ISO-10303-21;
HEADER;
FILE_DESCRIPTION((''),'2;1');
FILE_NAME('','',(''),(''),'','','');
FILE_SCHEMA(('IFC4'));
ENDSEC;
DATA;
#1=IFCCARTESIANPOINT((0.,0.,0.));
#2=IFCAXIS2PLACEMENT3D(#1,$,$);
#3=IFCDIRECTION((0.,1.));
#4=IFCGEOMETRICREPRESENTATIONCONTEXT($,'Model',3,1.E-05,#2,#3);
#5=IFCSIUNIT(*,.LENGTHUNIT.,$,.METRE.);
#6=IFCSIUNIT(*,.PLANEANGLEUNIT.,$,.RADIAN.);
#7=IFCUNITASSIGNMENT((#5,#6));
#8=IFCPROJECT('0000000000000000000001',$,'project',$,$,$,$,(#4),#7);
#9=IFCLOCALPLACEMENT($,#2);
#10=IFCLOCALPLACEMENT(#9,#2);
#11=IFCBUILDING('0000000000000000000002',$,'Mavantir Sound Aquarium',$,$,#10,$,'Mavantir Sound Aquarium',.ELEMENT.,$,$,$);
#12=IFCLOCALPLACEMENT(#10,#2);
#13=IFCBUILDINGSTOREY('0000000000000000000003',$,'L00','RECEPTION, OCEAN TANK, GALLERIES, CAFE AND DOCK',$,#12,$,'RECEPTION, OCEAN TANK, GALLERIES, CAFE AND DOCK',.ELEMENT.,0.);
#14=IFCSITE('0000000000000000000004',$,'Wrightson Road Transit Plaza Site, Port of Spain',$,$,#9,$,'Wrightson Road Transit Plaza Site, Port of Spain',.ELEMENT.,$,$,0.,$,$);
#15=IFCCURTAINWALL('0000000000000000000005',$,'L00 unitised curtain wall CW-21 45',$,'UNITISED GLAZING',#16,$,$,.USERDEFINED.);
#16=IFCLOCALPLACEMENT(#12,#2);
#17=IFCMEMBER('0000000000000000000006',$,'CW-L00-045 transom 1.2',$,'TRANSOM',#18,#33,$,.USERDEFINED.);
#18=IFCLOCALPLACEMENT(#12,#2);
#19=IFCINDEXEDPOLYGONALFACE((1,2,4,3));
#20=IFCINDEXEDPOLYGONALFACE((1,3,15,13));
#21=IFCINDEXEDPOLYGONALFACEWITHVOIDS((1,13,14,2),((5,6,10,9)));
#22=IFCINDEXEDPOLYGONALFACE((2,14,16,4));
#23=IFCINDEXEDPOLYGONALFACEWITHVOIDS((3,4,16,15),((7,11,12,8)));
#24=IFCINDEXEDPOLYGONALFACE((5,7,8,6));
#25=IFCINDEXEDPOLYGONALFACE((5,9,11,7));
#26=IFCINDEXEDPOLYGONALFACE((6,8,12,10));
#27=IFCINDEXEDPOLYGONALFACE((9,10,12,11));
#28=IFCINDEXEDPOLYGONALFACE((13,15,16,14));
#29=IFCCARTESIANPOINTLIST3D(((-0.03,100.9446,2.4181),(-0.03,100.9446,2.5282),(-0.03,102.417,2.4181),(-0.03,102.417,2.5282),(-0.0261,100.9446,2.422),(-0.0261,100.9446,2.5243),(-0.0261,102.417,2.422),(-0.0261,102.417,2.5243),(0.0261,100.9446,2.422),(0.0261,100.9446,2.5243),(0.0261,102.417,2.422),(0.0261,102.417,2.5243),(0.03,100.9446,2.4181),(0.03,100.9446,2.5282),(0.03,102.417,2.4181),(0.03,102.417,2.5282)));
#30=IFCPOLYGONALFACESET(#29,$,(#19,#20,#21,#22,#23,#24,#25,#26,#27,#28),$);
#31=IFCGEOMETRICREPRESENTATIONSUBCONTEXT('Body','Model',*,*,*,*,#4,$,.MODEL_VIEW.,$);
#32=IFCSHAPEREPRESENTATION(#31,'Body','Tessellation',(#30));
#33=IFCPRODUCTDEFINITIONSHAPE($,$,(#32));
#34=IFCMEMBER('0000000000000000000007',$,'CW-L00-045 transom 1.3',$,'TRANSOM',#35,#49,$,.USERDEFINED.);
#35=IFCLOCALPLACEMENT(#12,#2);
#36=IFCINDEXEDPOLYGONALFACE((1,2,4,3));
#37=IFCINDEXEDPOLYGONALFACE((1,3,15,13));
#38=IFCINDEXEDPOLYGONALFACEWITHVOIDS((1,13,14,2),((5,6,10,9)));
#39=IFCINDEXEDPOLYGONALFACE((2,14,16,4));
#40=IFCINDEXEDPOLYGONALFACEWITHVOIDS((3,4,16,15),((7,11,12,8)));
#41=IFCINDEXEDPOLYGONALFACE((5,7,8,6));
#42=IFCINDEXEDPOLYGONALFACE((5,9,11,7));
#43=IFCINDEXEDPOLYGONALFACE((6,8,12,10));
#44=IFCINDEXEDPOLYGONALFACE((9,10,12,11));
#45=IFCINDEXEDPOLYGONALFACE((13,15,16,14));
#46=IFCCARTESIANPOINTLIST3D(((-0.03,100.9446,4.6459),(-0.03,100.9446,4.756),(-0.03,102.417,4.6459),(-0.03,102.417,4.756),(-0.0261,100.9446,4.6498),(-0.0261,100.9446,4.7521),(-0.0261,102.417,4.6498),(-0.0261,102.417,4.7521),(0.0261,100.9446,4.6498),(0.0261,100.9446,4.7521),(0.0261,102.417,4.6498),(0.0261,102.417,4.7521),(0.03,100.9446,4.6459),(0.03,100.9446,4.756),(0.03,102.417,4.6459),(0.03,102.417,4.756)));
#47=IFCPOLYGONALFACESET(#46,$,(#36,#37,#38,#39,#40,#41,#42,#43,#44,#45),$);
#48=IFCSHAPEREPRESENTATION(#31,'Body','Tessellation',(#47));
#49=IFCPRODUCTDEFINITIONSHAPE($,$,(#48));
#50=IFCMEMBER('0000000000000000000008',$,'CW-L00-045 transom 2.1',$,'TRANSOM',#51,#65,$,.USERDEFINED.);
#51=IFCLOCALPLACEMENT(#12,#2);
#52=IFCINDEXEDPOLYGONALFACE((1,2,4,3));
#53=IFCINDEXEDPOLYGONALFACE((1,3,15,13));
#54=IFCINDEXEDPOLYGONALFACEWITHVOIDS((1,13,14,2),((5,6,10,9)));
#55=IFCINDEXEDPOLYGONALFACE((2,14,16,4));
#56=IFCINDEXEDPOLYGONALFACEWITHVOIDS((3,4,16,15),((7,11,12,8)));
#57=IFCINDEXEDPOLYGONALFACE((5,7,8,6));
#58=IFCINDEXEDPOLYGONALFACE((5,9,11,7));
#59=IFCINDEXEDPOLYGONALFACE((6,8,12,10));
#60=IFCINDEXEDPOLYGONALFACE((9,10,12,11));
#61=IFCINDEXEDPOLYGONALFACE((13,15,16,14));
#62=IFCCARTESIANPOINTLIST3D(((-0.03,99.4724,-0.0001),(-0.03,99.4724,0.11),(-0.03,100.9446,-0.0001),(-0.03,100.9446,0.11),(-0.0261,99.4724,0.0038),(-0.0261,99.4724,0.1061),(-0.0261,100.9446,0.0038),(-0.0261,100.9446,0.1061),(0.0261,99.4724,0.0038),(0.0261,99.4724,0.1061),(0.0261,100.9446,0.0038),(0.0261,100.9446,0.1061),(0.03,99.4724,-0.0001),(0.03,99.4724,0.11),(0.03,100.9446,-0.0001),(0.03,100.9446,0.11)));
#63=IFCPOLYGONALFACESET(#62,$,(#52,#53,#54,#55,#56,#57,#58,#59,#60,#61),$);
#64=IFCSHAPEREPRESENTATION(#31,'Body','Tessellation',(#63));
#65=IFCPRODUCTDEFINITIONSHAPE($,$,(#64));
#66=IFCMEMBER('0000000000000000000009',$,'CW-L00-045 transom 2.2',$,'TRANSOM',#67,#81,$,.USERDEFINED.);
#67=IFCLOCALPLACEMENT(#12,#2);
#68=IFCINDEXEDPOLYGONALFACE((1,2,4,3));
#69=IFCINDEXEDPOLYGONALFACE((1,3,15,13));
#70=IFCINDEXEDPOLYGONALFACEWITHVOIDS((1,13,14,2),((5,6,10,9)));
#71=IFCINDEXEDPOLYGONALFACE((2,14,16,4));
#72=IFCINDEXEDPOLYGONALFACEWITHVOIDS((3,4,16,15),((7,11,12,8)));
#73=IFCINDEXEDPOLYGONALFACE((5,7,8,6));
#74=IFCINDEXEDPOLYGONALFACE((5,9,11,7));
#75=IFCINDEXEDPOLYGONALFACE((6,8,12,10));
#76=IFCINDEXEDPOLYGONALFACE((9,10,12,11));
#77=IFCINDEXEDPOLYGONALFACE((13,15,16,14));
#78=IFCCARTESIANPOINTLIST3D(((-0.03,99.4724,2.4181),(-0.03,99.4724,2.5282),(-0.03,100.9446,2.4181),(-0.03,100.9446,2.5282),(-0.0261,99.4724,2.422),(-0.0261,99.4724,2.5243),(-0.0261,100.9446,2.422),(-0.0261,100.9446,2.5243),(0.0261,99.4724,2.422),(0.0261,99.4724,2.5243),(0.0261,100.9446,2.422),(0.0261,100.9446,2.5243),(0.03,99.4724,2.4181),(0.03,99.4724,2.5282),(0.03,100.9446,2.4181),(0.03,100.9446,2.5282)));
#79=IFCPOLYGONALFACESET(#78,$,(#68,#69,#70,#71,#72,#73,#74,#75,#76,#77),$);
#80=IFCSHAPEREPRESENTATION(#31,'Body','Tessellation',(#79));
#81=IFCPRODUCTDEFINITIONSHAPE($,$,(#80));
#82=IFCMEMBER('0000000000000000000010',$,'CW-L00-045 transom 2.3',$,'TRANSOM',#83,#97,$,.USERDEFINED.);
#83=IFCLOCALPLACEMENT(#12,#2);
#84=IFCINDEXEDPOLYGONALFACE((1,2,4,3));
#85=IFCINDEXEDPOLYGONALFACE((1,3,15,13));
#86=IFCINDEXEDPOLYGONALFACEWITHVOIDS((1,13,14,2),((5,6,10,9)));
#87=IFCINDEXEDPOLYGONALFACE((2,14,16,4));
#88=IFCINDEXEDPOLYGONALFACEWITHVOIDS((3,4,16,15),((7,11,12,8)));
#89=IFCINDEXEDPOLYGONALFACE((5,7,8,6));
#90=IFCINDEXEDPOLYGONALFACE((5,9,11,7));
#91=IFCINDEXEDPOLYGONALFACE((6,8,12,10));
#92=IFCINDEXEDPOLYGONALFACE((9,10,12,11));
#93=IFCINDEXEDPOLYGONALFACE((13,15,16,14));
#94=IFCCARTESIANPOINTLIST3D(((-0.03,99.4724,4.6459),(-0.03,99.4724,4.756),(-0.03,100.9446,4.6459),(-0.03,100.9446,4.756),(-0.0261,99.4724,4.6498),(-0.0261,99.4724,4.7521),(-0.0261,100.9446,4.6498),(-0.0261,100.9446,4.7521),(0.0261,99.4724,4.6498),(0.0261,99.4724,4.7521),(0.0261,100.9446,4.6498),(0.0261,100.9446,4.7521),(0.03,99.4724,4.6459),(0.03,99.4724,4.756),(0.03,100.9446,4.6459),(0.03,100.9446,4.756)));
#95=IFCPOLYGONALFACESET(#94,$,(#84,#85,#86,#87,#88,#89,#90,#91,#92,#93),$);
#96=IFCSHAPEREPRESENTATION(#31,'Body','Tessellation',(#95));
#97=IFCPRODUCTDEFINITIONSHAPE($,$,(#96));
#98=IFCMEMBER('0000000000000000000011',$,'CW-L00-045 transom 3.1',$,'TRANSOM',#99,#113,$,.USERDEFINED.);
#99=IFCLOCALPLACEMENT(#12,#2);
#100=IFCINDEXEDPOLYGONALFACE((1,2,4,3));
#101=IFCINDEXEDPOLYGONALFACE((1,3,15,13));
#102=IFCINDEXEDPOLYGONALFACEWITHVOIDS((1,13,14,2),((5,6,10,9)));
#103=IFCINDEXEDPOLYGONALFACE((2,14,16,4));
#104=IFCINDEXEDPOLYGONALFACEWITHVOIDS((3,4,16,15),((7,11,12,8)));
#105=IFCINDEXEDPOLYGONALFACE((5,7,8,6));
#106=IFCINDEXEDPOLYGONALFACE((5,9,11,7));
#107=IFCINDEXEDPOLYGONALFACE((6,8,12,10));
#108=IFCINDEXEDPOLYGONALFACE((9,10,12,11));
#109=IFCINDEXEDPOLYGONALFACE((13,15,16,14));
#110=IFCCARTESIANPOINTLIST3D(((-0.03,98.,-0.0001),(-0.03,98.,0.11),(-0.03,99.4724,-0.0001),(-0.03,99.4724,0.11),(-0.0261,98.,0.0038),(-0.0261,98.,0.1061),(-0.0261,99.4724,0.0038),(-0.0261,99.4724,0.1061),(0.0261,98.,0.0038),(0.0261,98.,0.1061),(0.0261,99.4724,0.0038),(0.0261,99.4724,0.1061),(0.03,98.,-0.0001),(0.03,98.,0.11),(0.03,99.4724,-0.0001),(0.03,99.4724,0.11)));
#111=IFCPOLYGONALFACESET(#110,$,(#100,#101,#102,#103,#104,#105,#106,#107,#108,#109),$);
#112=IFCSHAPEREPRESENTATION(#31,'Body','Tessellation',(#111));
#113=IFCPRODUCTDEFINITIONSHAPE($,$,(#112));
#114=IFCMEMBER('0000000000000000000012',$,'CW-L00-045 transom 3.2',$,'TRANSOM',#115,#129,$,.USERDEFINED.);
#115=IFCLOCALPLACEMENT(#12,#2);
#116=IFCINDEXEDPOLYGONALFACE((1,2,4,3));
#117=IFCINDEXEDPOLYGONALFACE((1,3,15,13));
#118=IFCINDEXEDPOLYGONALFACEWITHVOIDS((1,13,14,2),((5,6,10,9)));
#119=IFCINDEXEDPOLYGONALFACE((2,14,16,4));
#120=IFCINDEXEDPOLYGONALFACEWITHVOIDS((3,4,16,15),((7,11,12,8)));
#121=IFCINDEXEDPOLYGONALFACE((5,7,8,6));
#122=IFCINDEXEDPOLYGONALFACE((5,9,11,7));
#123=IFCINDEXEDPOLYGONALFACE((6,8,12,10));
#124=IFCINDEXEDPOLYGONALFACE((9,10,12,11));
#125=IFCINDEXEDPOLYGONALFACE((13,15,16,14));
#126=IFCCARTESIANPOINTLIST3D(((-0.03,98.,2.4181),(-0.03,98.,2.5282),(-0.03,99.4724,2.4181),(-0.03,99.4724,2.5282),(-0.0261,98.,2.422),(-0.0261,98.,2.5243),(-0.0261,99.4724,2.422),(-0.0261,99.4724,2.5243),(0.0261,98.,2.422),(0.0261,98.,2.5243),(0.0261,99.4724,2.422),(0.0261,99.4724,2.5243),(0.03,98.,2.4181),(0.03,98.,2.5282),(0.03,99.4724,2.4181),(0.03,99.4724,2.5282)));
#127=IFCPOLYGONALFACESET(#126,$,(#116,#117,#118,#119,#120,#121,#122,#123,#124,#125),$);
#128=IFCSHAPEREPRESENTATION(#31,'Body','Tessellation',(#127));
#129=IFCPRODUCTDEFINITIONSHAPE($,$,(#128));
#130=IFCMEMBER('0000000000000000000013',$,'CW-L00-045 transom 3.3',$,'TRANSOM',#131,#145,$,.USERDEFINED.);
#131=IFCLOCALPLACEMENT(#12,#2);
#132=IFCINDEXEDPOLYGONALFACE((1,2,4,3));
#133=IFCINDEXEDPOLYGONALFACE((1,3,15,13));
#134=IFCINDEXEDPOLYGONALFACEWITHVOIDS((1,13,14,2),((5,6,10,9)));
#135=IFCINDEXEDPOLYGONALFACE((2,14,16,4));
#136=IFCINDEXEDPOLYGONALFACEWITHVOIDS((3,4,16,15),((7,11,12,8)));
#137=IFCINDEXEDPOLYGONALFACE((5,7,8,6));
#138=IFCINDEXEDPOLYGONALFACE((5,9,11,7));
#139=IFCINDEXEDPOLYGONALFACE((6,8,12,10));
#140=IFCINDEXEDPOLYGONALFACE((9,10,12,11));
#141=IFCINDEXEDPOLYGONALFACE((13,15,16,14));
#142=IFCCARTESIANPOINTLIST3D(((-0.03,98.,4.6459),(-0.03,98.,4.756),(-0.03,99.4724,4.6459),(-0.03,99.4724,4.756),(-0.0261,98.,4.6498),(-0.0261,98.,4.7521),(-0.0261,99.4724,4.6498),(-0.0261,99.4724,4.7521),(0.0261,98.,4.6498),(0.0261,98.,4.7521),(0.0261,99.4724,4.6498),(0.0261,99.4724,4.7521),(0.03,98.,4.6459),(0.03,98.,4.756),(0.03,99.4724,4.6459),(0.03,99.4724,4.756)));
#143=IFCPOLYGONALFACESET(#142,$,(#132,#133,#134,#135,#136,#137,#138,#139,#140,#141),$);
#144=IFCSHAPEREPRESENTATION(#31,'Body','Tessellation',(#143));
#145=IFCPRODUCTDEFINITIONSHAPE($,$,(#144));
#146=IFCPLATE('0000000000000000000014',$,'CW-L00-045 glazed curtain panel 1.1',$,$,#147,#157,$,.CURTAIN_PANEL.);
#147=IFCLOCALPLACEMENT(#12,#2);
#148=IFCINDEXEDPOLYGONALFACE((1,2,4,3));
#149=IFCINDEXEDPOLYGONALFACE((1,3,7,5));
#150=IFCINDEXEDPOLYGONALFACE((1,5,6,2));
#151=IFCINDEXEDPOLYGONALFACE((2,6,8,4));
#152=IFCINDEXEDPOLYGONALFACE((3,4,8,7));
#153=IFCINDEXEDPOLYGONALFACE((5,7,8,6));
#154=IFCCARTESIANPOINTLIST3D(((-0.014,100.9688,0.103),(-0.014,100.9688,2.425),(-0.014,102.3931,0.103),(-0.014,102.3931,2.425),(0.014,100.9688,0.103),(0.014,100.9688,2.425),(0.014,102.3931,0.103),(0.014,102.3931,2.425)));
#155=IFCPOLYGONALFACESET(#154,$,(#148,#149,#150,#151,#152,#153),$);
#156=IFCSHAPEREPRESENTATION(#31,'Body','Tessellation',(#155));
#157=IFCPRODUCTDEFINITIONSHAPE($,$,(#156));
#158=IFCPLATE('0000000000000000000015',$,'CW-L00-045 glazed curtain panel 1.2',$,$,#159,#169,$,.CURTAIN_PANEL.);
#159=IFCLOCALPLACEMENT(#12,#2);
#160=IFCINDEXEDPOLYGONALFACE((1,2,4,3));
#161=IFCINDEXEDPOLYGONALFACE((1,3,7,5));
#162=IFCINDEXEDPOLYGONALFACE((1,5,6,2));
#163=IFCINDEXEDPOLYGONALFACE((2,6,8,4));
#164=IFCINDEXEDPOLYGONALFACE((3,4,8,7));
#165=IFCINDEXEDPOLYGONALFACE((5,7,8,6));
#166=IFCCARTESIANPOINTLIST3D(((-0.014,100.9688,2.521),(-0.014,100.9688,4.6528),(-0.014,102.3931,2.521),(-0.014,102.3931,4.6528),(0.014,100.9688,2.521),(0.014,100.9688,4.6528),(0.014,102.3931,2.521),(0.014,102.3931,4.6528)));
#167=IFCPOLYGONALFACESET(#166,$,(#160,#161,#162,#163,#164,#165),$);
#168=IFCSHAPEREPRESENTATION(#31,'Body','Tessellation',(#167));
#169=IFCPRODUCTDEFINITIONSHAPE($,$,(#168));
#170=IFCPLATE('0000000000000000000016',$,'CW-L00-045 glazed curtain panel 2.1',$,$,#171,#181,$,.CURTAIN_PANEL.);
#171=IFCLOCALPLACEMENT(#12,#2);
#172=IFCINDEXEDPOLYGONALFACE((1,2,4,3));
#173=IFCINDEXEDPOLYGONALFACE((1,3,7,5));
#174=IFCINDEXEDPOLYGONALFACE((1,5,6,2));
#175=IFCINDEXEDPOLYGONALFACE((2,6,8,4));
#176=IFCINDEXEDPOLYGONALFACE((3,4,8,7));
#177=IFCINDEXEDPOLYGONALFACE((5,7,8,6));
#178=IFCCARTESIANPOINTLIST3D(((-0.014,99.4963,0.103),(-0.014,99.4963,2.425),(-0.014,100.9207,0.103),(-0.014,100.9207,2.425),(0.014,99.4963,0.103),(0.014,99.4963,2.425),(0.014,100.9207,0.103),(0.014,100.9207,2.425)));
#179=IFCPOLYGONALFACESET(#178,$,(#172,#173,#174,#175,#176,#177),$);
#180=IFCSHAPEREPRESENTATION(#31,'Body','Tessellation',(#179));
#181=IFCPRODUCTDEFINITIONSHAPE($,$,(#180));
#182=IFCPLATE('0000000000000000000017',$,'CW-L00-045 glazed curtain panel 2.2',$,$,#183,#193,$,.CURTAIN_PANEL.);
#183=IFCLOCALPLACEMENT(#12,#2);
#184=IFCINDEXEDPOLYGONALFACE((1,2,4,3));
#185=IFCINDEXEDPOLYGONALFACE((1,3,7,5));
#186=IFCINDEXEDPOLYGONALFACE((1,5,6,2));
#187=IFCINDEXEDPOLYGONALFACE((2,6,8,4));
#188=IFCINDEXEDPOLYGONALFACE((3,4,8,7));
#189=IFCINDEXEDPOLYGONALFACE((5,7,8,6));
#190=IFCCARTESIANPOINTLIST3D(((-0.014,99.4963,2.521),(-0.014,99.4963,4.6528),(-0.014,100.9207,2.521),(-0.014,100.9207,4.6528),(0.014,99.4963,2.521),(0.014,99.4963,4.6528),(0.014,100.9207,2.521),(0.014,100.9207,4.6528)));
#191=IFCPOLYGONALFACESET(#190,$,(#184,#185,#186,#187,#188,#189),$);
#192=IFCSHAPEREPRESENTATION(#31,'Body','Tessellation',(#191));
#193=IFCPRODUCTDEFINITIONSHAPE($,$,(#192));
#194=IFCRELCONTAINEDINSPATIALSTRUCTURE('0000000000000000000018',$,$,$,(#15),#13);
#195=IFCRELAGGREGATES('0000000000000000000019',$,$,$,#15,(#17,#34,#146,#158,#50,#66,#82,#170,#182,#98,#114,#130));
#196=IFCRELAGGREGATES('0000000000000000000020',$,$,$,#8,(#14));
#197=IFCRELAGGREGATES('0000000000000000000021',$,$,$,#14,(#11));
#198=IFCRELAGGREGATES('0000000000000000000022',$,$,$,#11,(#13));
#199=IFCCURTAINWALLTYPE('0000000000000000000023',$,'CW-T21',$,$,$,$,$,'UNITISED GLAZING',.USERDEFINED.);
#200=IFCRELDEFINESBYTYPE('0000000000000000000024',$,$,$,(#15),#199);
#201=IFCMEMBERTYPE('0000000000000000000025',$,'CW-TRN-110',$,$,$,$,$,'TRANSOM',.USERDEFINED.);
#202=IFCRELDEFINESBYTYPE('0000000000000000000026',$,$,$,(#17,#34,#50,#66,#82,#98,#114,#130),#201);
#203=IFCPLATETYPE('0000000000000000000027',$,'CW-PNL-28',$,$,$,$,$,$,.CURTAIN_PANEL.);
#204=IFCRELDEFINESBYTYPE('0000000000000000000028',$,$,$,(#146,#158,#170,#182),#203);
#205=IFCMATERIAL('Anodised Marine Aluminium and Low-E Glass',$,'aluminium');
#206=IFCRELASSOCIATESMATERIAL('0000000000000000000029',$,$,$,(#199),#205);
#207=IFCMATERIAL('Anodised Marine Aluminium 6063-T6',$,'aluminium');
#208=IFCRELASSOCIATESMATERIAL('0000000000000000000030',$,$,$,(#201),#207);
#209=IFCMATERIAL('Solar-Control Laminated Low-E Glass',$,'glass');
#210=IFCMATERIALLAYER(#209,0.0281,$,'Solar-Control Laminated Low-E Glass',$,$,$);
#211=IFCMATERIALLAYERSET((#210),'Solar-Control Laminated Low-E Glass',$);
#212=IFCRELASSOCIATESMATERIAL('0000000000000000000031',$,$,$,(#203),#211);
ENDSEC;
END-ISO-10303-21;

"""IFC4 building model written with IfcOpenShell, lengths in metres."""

from ifc_helpers import new_model, si_unit, direction, frame, origin, origin_2d, place, context, subcontext, project, spatial, rectangle, hollow_rectangle, extrude, material, layer, layer_set, material_profile, profile_set, type_object, element, aggregate, save


model = new_model("IFC4")

# Units and contexts
model_context = context("Model", 3, precision=1e-05, world=origin(), true_north=direction((0.0, 1.0)))
body_context = subcontext(model_context, "Body", "Model", "MODEL_VIEW")
ifc_project = project(units=[si_unit("LENGTHUNIT", "METRE"), si_unit("PLANEANGLEUNIT", "RADIAN")], contexts=[model_context])

# Site, building, storey
site_placement = place(None, origin())
site = spatial("IfcSite", under=ifc_project, at=site_placement, Name="Wrightson Road Transit Plaza Site, Port of Spain", LongName="Wrightson Road Transit Plaza Site, Port of Spain", CompositionType="ELEMENT", RefElevation=0.0)
building_placement = place(site_placement, origin())
building = spatial("IfcBuilding", under=site, at=building_placement, Name="Mavantir Sound Aquarium", LongName="Mavantir Sound Aquarium", CompositionType="ELEMENT")
storey_placement = place(building_placement, origin())
storey = spatial("IfcBuildingStorey", under=building, at=storey_placement, Name="L00", Description="RECEPTION, OCEAN TANK, GALLERIES, CAFE AND DOCK", LongName="RECEPTION, OCEAN TANK, GALLERIES, CAFE AND DOCK", CompositionType="ELEMENT", Elevation=0.0)

# Curtain wall
ifc_material_1 = material(Name="Anodised Marine Aluminium and Low-E Glass", Category="aluminium")
curtain_wall_type_1 = type_object("IfcCurtainWallType", Name="CW-T21", ElementType="UNITISED GLAZING", PredefinedType="USERDEFINED", material=ifc_material_1)
curtain_wall_1_placement = place(storey_placement, origin())
curtain_wall_1 = element("IfcCurtainWall", 1, at=curtain_wall_1_placement, inside=storey, type_object=curtain_wall_type_1, Name="L00 unitised curtain wall CW-21 45", ObjectType="UNITISED GLAZING", PredefinedType="USERDEFINED")
ifc_material_2 = material(Name="Anodised Marine Aluminium 6063-T6", Category="aluminium")
ifc_material_profile_1 = material_profile(ifc_material_2, hollow_rectangle(XDim=0.0601, YDim=0.1101, WallThickness=0.0039, at=origin_2d()), Name="ALU-TRANSOM-110X60")
ifc_profile_set_1 = profile_set([ifc_material_profile_1], Name="Anodised Marine Aluminium 6063-T6")
member_type_1 = type_object("IfcMemberType", Name="CW-TRN-110", ElementType="TRANSOM", PredefinedType="USERDEFINED", material=ifc_profile_set_1)

# Members
member_1_placement = place(storey_placement, frame((0.0, 102.417, 2.4731), z_axis=(0.0, -1.0, 0.0), x_axis=(1.0, 0.0, 0.0)))
member_1 = element("IfcMember", 2, at=member_1_placement, type_object=member_type_1, Name="CW-L00-045 transom 1.2", ObjectType="TRANSOM", PredefinedType="USERDEFINED", context=body_context, shape_type="SweptSolid", body=[
    extrude(hollow_rectangle(XDim=0.0601, YDim=0.1101, WallThickness=0.0039, at=origin_2d()), origin(), (0.0, 0.0, 1.0), 1.4724),
])
member_2_placement = place(storey_placement, frame((0.0, 102.417, 4.7009), z_axis=(0.0, -1.0, 0.0), x_axis=(1.0, 0.0, 0.0)))
member_2 = element("IfcMember", 3, at=member_2_placement, type_object=member_type_1, Name="CW-L00-045 transom 1.3", ObjectType="TRANSOM", PredefinedType="USERDEFINED", context=body_context, shape_type="SweptSolid", body=[
    extrude(hollow_rectangle(XDim=0.0601, YDim=0.1101, WallThickness=0.0039, at=origin_2d()), origin(), (0.0, 0.0, 1.0), 1.4724),
])
member_3_placement = place(storey_placement, frame((0.0, 100.9446, 0.0549), z_axis=(0.0, -1.0, 0.0), x_axis=(1.0, 0.0, 0.0)))
member_3 = element("IfcMember", 4, at=member_3_placement, type_object=member_type_1, Name="CW-L00-045 transom 2.1", ObjectType="TRANSOM", PredefinedType="USERDEFINED", context=body_context, shape_type="SweptSolid", body=[
    extrude(hollow_rectangle(XDim=0.0601, YDim=0.1101, WallThickness=0.0039, at=origin_2d()), origin(), (0.0, 0.0, 1.0), 1.4722),
])
member_4_placement = place(storey_placement, frame((0.0, 100.9446, 2.4731), z_axis=(0.0, -1.0, 0.0), x_axis=(1.0, 0.0, 0.0)))
member_4 = element("IfcMember", 5, at=member_4_placement, type_object=member_type_1, Name="CW-L00-045 transom 2.2", ObjectType="TRANSOM", PredefinedType="USERDEFINED", context=body_context, shape_type="SweptSolid", body=[
    extrude(hollow_rectangle(XDim=0.0601, YDim=0.1101, WallThickness=0.0039, at=origin_2d()), origin(), (0.0, 0.0, 1.0), 1.4722),
])
member_5_placement = place(storey_placement, frame((0.0, 100.9446, 4.7009), z_axis=(0.0, -1.0, 0.0), x_axis=(1.0, 0.0, 0.0)))
member_5 = element("IfcMember", 6, at=member_5_placement, type_object=member_type_1, Name="CW-L00-045 transom 2.3", ObjectType="TRANSOM", PredefinedType="USERDEFINED", context=body_context, shape_type="SweptSolid", body=[
    extrude(hollow_rectangle(XDim=0.0601, YDim=0.1101, WallThickness=0.0039, at=origin_2d()), origin(), (0.0, 0.0, 1.0), 1.4722),
])
member_6_placement = place(storey_placement, frame((0.0, 99.4724, 0.0549), z_axis=(0.0, -1.0, 0.0), x_axis=(1.0, 0.0, 0.0)))
member_6 = element("IfcMember", 7, at=member_6_placement, type_object=member_type_1, Name="CW-L00-045 transom 3.1", ObjectType="TRANSOM", PredefinedType="USERDEFINED", context=body_context, shape_type="SweptSolid", body=[
    extrude(hollow_rectangle(XDim=0.0601, YDim=0.1101, WallThickness=0.0039, at=origin_2d()), origin(), (0.0, 0.0, 1.0), 1.4724),
])
member_7_placement = place(storey_placement, frame((0.0, 99.4724, 2.4731), z_axis=(0.0, -1.0, 0.0), x_axis=(1.0, 0.0, 0.0)))
member_7 = element("IfcMember", 8, at=member_7_placement, type_object=member_type_1, Name="CW-L00-045 transom 3.2", ObjectType="TRANSOM", PredefinedType="USERDEFINED", context=body_context, shape_type="SweptSolid", body=[
    extrude(hollow_rectangle(XDim=0.0601, YDim=0.1101, WallThickness=0.0039, at=origin_2d()), origin(), (0.0, 0.0, 1.0), 1.4724),
])
member_8_placement = place(storey_placement, frame((0.0, 99.4724, 4.7009), z_axis=(0.0, -1.0, 0.0), x_axis=(1.0, 0.0, 0.0)))
member_8 = element("IfcMember", 9, at=member_8_placement, type_object=member_type_1, Name="CW-L00-045 transom 3.3", ObjectType="TRANSOM", PredefinedType="USERDEFINED", context=body_context, shape_type="SweptSolid", body=[
    extrude(hollow_rectangle(XDim=0.0601, YDim=0.1101, WallThickness=0.0039, at=origin_2d()), origin(), (0.0, 0.0, 1.0), 1.4724),
])

# Plates
ifc_material_3 = material(Name="Solar-Control Laminated Low-E Glass", Category="glass")
ifc_layer_1 = layer(ifc_material_3, 0.0281, Name="Solar-Control Laminated Low-E Glass")
ifc_layer_set_1 = layer_set([ifc_layer_1], Name="Solar-Control Laminated Low-E Glass")
plate_type_1 = type_object("IfcPlateType", Name="CW-PNL-28", PredefinedType="CURTAIN_PANEL", material=ifc_layer_set_1)
plate_1_placement = place(storey_placement, frame((0.0, 101.6809, 0.103), z_axis=(0.0, 0.0, 1.0), x_axis=(0.0, -1.0, 0.0)))
plate_1 = element("IfcPlate", 10, at=plate_1_placement, type_object=plate_type_1, Name="CW-L00-045 glazed curtain panel 1.1", PredefinedType="CURTAIN_PANEL", context=body_context, shape_type="SweptSolid", body=[
    extrude(rectangle(XDim=1.4243, YDim=0.0281, at=origin_2d()), origin(), (0.0, 0.0, 1.0), 2.322),
])
plate_2_placement = place(storey_placement, frame((0.0, 101.6809, 2.521), z_axis=(0.0, 0.0, 1.0), x_axis=(0.0, -1.0, 0.0)))
plate_2 = element("IfcPlate", 11, at=plate_2_placement, type_object=plate_type_1, Name="CW-L00-045 glazed curtain panel 1.2", PredefinedType="CURTAIN_PANEL", context=body_context, shape_type="SweptSolid", body=[
    extrude(rectangle(XDim=1.4243, YDim=0.0281, at=origin_2d()), origin(), (0.0, 0.0, 1.0), 2.1318),
])
plate_3_placement = place(storey_placement, frame((0.0, 100.2085, 0.103), z_axis=(0.0, 0.0, 1.0), x_axis=(0.0, -1.0, 0.0)))
plate_3 = element("IfcPlate", 12, at=plate_3_placement, type_object=plate_type_1, Name="CW-L00-045 glazed curtain panel 2.1", PredefinedType="CURTAIN_PANEL", context=body_context, shape_type="SweptSolid", body=[
    extrude(rectangle(XDim=1.4243, YDim=0.0281, at=origin_2d()), origin(), (0.0, 0.0, 1.0), 2.322),
])
plate_4_placement = place(storey_placement, frame((0.0, 100.2085, 2.521), z_axis=(0.0, 0.0, 1.0), x_axis=(0.0, -1.0, 0.0)))
plate_4 = element("IfcPlate", 13, at=plate_4_placement, type_object=plate_type_1, Name="CW-L00-045 glazed curtain panel 2.2", PredefinedType="CURTAIN_PANEL", context=body_context, shape_type="SweptSolid", body=[
    extrude(rectangle(XDim=1.4243, YDim=0.0281, at=origin_2d()), origin(), (0.0, 0.0, 1.0), 2.1318),
])
aggregate(curtain_wall_1, [member_1, member_2, plate_1, plate_2, member_3, member_4, member_5, plate_3, plate_4, member_6, member_7, member_8])

save(model, "model.ifc")
